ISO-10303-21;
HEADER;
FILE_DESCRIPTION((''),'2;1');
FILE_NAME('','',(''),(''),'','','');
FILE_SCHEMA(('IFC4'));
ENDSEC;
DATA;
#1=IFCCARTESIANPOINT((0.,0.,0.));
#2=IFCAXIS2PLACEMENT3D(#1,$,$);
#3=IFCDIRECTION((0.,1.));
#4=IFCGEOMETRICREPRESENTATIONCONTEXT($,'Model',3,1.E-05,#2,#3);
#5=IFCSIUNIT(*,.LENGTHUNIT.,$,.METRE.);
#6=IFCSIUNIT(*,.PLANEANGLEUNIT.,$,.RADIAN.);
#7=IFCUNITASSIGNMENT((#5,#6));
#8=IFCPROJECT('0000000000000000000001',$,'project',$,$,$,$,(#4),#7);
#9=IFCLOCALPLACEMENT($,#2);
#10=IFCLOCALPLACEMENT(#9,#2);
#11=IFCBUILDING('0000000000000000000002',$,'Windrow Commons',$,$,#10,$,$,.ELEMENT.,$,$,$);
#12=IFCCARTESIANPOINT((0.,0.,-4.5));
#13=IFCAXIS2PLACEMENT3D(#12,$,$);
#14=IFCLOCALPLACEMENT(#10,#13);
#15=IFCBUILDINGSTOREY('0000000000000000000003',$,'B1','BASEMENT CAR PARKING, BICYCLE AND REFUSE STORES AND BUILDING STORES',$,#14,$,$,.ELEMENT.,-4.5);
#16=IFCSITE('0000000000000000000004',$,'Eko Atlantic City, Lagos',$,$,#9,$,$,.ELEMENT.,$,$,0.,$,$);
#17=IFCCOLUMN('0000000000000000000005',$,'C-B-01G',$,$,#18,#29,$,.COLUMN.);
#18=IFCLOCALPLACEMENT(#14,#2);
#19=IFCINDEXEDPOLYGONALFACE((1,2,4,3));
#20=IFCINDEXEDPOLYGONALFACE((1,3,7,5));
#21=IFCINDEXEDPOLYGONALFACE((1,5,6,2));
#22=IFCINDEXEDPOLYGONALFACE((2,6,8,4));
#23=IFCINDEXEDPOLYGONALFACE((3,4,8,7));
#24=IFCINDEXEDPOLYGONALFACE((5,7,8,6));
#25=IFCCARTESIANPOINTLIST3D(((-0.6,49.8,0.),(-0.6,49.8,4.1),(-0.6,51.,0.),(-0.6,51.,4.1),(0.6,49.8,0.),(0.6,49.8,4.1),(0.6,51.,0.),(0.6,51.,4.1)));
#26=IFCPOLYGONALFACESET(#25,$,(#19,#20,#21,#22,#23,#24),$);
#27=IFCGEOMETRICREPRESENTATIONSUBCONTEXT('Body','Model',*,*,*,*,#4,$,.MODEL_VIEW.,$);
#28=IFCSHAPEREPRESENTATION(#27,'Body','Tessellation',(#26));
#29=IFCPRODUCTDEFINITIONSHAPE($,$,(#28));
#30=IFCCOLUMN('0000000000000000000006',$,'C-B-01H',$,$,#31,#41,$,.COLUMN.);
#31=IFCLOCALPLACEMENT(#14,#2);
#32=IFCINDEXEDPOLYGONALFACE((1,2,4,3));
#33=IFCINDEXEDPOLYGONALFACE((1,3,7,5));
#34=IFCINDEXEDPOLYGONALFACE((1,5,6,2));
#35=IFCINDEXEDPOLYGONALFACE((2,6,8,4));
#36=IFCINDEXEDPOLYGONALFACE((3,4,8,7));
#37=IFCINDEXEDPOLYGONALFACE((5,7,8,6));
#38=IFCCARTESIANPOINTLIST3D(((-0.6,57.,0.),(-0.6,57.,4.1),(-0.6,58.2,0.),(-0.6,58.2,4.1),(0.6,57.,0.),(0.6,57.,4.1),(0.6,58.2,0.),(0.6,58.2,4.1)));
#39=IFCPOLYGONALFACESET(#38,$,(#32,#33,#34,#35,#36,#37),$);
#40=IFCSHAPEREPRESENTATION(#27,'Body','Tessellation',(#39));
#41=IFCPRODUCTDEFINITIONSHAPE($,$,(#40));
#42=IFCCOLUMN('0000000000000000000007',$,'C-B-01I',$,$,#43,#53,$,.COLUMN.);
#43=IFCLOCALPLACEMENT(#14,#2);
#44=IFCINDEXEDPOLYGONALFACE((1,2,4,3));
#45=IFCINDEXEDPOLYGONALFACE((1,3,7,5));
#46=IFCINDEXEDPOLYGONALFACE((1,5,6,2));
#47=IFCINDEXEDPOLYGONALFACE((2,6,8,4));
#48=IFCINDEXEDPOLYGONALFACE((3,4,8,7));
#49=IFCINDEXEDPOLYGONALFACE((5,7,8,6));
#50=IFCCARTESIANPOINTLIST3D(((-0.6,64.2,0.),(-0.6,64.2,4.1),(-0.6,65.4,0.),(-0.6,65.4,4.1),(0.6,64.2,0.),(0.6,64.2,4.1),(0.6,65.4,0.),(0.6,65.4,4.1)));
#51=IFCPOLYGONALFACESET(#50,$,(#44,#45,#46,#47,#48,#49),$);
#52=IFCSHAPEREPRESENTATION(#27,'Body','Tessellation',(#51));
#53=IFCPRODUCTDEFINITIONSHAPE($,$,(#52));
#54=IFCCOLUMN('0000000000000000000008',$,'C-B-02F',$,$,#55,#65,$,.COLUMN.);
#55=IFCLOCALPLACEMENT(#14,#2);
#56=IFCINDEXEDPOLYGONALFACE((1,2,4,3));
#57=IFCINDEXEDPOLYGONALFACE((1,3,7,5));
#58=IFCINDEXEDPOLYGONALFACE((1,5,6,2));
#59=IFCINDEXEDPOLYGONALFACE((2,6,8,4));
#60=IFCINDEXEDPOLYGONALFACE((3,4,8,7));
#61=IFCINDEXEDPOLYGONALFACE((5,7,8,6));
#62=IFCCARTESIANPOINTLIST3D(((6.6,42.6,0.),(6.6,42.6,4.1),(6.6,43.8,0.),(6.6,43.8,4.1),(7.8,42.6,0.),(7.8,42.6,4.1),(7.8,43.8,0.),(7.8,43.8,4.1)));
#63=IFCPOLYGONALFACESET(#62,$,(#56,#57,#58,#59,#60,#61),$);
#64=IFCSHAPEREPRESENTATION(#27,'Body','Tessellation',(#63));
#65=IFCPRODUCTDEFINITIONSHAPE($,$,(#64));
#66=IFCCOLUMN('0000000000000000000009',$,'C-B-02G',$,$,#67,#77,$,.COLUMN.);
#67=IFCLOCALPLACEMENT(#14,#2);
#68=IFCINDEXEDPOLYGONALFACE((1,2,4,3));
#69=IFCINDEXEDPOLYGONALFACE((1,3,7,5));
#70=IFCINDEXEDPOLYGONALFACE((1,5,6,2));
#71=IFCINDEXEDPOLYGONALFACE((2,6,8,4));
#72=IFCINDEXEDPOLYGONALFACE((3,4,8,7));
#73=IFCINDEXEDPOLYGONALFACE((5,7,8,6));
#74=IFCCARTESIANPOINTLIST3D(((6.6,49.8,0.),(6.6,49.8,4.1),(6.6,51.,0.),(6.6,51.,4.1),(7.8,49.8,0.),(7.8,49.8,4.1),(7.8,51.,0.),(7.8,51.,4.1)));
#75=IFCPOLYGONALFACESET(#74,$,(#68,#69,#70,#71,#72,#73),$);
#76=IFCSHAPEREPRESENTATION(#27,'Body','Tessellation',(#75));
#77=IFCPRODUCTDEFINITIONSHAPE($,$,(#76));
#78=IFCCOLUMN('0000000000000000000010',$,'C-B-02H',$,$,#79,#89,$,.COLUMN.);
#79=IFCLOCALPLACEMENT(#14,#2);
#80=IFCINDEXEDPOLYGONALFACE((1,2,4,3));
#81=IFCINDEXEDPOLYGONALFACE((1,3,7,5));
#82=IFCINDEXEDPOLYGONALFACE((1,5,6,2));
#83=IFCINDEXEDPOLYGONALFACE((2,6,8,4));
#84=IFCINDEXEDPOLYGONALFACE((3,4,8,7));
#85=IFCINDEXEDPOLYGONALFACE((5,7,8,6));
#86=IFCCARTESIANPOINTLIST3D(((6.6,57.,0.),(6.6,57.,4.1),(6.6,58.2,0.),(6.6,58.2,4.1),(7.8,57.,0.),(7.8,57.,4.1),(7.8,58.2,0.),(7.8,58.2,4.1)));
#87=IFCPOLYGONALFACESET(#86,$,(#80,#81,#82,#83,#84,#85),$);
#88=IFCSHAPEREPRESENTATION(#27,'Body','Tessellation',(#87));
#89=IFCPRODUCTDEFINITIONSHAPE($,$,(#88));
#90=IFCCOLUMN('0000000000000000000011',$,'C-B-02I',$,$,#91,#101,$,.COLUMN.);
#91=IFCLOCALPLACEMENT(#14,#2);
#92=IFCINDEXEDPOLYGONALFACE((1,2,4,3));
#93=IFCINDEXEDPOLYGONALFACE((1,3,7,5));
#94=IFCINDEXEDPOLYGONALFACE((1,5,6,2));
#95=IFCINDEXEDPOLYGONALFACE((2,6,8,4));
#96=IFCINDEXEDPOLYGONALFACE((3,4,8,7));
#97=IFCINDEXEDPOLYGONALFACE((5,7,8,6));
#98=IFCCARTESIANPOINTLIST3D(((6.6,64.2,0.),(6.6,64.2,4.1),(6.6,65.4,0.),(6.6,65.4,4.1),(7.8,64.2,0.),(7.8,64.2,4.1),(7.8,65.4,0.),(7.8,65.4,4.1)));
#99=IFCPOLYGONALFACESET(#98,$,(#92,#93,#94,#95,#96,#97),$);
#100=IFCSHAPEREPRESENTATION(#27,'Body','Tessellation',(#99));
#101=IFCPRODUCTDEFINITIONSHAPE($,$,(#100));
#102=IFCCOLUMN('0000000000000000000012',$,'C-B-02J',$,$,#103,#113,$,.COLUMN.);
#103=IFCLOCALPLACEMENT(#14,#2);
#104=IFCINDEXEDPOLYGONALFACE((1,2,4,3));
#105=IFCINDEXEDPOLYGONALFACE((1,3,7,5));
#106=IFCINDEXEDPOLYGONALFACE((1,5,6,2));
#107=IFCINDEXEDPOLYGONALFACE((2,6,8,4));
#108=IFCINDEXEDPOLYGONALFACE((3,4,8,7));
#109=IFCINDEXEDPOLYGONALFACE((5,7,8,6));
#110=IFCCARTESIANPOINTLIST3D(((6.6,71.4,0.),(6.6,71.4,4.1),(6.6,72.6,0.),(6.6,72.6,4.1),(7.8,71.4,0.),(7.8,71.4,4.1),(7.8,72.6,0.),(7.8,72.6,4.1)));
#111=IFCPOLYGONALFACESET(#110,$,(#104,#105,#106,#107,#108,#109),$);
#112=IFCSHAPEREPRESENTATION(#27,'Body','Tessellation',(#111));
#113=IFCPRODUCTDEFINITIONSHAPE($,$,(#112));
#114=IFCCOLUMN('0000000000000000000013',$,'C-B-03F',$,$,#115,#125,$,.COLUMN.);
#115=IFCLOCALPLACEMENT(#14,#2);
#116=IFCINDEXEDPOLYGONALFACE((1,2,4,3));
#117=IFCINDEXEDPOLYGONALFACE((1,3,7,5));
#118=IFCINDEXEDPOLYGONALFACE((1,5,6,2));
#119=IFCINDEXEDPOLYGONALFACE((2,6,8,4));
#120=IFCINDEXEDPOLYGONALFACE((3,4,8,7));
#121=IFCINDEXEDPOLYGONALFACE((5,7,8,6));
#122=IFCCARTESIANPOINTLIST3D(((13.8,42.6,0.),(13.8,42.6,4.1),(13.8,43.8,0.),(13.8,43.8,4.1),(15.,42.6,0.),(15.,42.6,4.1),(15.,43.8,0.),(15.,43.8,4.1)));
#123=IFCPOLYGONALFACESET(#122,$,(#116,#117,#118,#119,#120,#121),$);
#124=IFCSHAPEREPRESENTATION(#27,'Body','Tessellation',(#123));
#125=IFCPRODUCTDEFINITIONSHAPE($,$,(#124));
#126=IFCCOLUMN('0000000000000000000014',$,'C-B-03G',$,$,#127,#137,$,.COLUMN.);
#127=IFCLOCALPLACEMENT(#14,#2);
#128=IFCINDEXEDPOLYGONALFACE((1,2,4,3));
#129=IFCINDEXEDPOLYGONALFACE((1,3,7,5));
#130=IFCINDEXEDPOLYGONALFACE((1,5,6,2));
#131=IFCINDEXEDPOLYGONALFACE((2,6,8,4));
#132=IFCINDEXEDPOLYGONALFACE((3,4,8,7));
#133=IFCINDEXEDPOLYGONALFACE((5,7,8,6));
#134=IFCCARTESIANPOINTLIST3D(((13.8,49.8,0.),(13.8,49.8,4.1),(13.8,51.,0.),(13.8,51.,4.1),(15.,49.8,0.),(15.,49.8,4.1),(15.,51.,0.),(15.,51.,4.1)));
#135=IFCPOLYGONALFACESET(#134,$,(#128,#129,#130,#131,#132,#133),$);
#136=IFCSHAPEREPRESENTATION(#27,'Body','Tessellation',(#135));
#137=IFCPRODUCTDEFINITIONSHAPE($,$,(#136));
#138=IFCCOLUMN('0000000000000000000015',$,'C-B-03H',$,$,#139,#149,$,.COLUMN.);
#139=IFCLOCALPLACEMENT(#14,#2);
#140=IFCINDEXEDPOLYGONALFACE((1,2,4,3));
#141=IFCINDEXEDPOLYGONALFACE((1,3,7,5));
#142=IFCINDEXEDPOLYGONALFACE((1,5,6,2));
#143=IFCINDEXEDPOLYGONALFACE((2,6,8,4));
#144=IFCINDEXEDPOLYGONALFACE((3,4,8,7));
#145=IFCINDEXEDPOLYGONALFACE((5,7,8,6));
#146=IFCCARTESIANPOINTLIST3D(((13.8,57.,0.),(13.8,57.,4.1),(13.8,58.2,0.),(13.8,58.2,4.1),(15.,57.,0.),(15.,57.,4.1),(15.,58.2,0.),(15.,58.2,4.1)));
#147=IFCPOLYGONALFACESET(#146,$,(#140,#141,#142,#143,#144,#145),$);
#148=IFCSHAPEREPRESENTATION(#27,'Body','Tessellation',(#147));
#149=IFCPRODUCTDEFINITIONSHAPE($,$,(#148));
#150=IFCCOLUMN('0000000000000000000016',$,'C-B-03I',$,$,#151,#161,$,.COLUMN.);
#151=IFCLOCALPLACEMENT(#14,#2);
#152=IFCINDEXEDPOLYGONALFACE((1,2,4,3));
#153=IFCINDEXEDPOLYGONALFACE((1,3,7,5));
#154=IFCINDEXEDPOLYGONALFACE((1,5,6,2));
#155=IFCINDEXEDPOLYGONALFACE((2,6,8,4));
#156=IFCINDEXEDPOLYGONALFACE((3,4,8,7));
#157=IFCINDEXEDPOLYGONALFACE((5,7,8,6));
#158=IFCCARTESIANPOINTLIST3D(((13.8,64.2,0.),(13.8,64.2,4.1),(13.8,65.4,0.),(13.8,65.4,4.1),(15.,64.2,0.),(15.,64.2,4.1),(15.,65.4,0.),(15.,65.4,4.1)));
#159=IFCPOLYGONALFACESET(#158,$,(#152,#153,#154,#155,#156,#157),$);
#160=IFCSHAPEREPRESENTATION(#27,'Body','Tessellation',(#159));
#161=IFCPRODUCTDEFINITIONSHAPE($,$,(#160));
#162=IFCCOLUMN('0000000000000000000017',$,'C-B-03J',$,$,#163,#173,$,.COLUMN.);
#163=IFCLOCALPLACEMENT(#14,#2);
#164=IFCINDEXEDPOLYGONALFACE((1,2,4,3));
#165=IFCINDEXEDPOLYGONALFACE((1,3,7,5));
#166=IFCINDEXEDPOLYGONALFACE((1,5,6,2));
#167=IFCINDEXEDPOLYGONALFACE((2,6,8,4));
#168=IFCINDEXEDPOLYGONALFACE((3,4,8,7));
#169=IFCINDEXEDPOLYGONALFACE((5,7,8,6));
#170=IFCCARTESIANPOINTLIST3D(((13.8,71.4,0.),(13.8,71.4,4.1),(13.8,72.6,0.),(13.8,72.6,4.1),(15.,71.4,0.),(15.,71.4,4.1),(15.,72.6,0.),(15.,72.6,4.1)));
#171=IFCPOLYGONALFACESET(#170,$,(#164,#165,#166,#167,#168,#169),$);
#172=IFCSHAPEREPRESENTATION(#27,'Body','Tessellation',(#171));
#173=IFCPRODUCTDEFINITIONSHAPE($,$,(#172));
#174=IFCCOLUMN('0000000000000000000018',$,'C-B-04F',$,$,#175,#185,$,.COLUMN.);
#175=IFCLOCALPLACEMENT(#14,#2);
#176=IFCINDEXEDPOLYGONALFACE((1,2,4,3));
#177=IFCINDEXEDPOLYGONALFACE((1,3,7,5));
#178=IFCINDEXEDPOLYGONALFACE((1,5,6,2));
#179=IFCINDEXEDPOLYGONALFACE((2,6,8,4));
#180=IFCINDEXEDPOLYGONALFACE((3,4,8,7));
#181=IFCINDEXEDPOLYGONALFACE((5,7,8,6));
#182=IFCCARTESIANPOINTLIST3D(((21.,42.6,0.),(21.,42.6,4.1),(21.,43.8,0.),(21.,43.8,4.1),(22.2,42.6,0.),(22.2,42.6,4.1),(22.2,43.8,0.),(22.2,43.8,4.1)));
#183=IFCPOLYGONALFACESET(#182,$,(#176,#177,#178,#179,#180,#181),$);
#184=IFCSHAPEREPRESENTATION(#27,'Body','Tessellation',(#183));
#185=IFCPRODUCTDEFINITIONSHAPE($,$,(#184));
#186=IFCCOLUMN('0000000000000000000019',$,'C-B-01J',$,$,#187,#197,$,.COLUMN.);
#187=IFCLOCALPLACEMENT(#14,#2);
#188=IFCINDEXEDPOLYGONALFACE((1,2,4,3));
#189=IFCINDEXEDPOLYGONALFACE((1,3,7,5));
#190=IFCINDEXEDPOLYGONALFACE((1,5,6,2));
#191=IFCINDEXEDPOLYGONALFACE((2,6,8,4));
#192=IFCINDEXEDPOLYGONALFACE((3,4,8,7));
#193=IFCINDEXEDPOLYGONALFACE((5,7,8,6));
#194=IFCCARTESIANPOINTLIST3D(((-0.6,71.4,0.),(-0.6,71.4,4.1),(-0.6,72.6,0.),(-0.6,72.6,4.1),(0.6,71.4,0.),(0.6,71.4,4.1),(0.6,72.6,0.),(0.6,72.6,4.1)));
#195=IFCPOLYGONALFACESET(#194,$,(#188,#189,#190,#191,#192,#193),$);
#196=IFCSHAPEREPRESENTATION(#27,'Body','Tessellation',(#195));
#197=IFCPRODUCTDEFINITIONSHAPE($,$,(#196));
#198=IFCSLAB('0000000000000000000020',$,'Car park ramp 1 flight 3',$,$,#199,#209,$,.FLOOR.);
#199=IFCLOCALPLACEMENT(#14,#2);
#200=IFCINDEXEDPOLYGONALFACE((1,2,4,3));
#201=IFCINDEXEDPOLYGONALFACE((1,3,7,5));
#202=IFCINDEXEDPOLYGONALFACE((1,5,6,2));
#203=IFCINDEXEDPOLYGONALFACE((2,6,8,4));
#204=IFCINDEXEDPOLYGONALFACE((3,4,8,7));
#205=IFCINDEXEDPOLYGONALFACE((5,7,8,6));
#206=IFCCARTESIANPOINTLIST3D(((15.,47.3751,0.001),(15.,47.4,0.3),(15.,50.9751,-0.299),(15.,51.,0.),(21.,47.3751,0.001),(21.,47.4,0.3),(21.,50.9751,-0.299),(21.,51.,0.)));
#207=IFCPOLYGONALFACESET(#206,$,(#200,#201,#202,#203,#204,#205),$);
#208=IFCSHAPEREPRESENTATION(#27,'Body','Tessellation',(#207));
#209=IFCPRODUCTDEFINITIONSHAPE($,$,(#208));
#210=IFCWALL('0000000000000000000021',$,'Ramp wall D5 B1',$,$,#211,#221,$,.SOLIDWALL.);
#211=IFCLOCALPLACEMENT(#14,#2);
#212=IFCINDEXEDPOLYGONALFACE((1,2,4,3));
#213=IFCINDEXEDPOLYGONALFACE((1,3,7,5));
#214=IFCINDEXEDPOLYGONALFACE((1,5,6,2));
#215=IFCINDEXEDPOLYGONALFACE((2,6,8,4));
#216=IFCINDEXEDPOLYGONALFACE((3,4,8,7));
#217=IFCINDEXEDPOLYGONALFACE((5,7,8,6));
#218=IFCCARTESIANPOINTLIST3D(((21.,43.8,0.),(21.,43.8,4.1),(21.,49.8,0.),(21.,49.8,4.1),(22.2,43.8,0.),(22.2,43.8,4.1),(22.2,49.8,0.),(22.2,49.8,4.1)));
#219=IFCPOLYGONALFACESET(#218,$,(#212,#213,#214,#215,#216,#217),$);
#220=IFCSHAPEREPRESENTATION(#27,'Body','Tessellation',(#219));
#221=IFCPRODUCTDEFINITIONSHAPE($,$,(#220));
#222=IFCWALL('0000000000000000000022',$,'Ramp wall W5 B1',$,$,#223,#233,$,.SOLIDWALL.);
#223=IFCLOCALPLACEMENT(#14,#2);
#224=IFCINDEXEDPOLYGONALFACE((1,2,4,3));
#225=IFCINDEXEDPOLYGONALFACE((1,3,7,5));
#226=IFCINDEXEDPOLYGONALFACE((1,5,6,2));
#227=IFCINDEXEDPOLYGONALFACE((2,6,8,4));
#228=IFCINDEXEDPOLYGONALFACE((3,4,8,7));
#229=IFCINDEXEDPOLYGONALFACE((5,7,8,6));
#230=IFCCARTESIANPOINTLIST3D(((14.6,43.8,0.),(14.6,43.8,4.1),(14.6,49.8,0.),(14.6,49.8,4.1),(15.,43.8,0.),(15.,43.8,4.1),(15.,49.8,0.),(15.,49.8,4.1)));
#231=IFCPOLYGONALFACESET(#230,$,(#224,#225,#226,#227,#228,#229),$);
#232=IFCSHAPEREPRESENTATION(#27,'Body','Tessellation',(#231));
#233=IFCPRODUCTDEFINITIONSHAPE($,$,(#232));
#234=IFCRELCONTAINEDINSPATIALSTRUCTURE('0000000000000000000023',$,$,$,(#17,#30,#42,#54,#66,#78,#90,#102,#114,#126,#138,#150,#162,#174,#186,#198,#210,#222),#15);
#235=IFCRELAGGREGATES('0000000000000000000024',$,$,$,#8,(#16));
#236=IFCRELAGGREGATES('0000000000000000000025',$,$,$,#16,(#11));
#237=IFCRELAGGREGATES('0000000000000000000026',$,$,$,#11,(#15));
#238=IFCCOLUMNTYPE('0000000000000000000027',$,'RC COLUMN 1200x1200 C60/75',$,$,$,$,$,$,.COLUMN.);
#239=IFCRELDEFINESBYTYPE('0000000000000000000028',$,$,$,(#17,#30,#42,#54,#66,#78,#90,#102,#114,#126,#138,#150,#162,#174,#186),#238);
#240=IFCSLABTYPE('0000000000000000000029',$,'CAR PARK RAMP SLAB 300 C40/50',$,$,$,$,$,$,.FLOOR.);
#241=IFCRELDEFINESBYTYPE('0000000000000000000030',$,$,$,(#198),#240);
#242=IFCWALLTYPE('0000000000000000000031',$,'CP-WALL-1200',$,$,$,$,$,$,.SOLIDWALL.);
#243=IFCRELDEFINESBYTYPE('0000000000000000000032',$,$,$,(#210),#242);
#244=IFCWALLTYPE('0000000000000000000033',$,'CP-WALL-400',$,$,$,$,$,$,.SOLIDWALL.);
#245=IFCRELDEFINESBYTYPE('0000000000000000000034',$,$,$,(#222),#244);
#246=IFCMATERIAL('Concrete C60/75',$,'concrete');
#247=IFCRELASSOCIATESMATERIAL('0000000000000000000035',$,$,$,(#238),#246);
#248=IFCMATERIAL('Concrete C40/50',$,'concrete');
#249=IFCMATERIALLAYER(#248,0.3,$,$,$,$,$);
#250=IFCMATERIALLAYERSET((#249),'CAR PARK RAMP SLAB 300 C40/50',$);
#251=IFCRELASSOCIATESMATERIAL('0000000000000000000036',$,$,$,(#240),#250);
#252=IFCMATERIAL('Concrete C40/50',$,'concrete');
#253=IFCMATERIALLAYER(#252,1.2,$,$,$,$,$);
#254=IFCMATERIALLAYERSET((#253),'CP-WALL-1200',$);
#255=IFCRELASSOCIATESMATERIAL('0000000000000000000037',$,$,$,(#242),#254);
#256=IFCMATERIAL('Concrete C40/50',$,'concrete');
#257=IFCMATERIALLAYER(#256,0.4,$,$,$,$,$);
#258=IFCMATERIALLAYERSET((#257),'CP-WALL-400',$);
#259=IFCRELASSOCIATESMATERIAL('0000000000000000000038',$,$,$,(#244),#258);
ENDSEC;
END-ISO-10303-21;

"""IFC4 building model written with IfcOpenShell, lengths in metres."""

from ifc_helpers import new_model, si_unit, direction, frame, frame_2d, origin, origin_2d, place, context, subcontext, project, spatial, polyline, rectangle, outline, extrude, material, layer, layer_set, material_profile, profile_set, type_object, element, save


model = new_model("IFC4")

# Units and contexts
model_context = context("Model", 3, precision=1e-05, world=origin(), true_north=direction((0.0, 1.0)))
body_context = subcontext(model_context, "Body", "Model", "MODEL_VIEW")
ifc_project = project(units=[si_unit("LENGTHUNIT", "METRE"), si_unit("PLANEANGLEUNIT", "RADIAN")], contexts=[model_context])

# Site, building, storey
site_placement = place(None, origin())
site = spatial("IfcSite", under=ifc_project, at=site_placement, Name="Eko Atlantic City, Lagos", CompositionType="ELEMENT", RefElevation=0.0)
building_placement = place(site_placement, origin())
building = spatial("IfcBuilding", under=site, at=building_placement, Name="Windrow Commons", CompositionType="ELEMENT")
storey_placement = place(building_placement, frame((0.0, 0.0, -4.5)))
storey = spatial("IfcBuildingStorey", under=building, at=storey_placement, Name="B1", Description="BASEMENT CAR PARKING, BICYCLE AND REFUSE STORES AND BUILDING STORES", CompositionType="ELEMENT", Elevation=-4.5)

# Columns
ifc_material_1 = material(Name="Concrete C60/75", Category="concrete")
ifc_material_profile = material_profile(ifc_material_1, rectangle(XDim=1.2, YDim=1.2, at=origin_2d()))
ifc_profile_set = profile_set([ifc_material_profile], Name="Concrete C60/75")
column_type = type_object("IfcColumnType", Name="RC COLUMN 1200x1200 C60/75", PredefinedType="COLUMN", material=ifc_profile_set)
for number, where, z_axis, x_axis, name in (
    (1, (0.0, 50.4, 0.0), (0.0, 0.0, 1.0), (1.0, 0.0, 0.0), "C-B-01G"),
    (2, (0.0, 57.6, 0.0), (0.0, 0.0, 1.0), (1.0, 0.0, 0.0), "C-B-01H"),
    (3, (0.0, 64.8, 0.0), (0.0, 0.0, 1.0), (1.0, 0.0, 0.0), "C-B-01I"),
    (4, (7.2, 43.2, 0.0), (0.0, 0.0, 1.0), (1.0, 0.0, 0.0), "C-B-02F"),
    (5, (7.2, 50.4, 0.0), (0.0, 0.0, 1.0), (1.0, 0.0, 0.0), "C-B-02G"),
    (6, (7.2, 57.6, 0.0), (0.0, 0.0, 1.0), (1.0, 0.0, 0.0), "C-B-02H"),
    (7, (7.2, 64.8, 0.0), (0.0, 0.0, 1.0), (1.0, 0.0, 0.0), "C-B-02I"),
    (8, (7.2, 72.0, 0.0), (0.0, 0.0, 1.0), (1.0, 0.0, 0.0), "C-B-02J"),
    (9, (14.4, 43.2, 0.0), (0.0, 0.0, 1.0), (1.0, 0.0, 0.0), "C-B-03F"),
    (10, (14.4, 50.4, 0.0), (0.0, 0.0, 1.0), (1.0, 0.0, 0.0), "C-B-03G"),
    (11, (14.4, 57.6, 0.0), (0.0, 0.0, 1.0), (1.0, 0.0, 0.0), "C-B-03H"),
    (12, (14.4, 64.8, 0.0), (0.0, 0.0, 1.0), (1.0, 0.0, 0.0), "C-B-03I"),
    (13, (14.4, 72.0, 0.0), (0.0, 0.0, 1.0), (1.0, 0.0, 0.0), "C-B-03J"),
    (14, (21.6, 43.2, 0.0), (0.0, 0.0, 1.0), (1.0, 0.0, 0.0), "C-B-04F"),
    (15, (0.0, 72.0, 0.0), (0.0, 0.0, 1.0), (1.0, 0.0, 0.0), "C-B-01J"),
):
    element("IfcColumn", number, at=place(storey_placement, frame(where, z_axis=z_axis, x_axis=x_axis)), inside=storey, type_object=column_type, Name=name, PredefinedType="COLUMN", context=body_context, shape_type="SweptSolid", body=[
        extrude(rectangle(XDim=1.2, YDim=1.2, at=origin_2d()), origin(), (0.0, 0.0, 1.0), 4.1),
    ])

# Slab
ifc_material_2 = material(Name="Concrete C40/50", Category="concrete")
ifc_layer_1 = layer(ifc_material_2, 0.3)
ifc_layer_set_1 = layer_set([ifc_layer_1], Name="CAR PARK RAMP SLAB 300 C40/50")
slab_type = type_object("IfcSlabType", Name="CAR PARK RAMP SLAB 300 C40/50", PredefinedType="FLOOR", material=ifc_layer_set_1)
slab_placement = place(storey_placement, frame((15.0, 47.4, 0.3), z_axis=(0.0, 0.083045, 0.996546), x_axis=(1.0, 0.0, 0.0)))
element("IfcSlab", 16, at=slab_placement, inside=storey, type_object=slab_type, Name="Car park ramp 1 flight 3", PredefinedType="FLOOR", context=body_context, shape_type="SweptSolid", body=[
    extrude(outline(polyline([(0.0, 0.0), (6.0, 0.0), (6.0, 3.6125), (0.0, 3.6125), (0.0, 0.0)])), origin(), (0.0, 0.0, -1.0), 0.3),
])

# Walls
ifc_material_3 = material(Name="Concrete C40/50", Category="concrete")
ifc_layer_2 = layer(ifc_material_3, 1.2)
ifc_layer_set_2 = layer_set([ifc_layer_2], Name="CP-WALL-1200")
wall_type_1 = type_object("IfcWallType", Name="CP-WALL-1200", PredefinedType="SOLIDWALL", material=ifc_layer_set_2)
wall_1_placement = place(storey_placement, frame((21.6, 43.8, 0.0), z_axis=(0.0, 0.0, 1.0), x_axis=(0.0, 1.0, 0.0)))
element("IfcWall", 17, at=wall_1_placement, inside=storey, type_object=wall_type_1, Name="Ramp wall D5 B1", PredefinedType="SOLIDWALL", context=body_context, shape_type="SweptSolid", body=[
    extrude(rectangle(XDim=6.0, YDim=1.2, at=frame_2d((3.0, 0.0))), origin(), (0.0, 0.0, 1.0), 4.1),
])
ifc_material_4 = material(Name="Concrete C40/50", Category="concrete")
ifc_layer_3 = layer(ifc_material_4, 0.4)
ifc_layer_set_3 = layer_set([ifc_layer_3], Name="CP-WALL-400")
wall_type_2 = type_object("IfcWallType", Name="CP-WALL-400", PredefinedType="SOLIDWALL", material=ifc_layer_set_3)
wall_2_placement = place(storey_placement, frame((14.8, 43.8, 0.0), z_axis=(0.0, 0.0, 1.0), x_axis=(0.0, 1.0, 0.0)))
element("IfcWall", 18, at=wall_2_placement, inside=storey, type_object=wall_type_2, Name="Ramp wall W5 B1", PredefinedType="SOLIDWALL", context=body_context, shape_type="SweptSolid", body=[
    extrude(rectangle(XDim=6.0, YDim=0.4, at=frame_2d((3.0, 0.0))), origin(), (0.0, 0.0, 1.0), 4.1),
])

save(model, "model.ifc")
